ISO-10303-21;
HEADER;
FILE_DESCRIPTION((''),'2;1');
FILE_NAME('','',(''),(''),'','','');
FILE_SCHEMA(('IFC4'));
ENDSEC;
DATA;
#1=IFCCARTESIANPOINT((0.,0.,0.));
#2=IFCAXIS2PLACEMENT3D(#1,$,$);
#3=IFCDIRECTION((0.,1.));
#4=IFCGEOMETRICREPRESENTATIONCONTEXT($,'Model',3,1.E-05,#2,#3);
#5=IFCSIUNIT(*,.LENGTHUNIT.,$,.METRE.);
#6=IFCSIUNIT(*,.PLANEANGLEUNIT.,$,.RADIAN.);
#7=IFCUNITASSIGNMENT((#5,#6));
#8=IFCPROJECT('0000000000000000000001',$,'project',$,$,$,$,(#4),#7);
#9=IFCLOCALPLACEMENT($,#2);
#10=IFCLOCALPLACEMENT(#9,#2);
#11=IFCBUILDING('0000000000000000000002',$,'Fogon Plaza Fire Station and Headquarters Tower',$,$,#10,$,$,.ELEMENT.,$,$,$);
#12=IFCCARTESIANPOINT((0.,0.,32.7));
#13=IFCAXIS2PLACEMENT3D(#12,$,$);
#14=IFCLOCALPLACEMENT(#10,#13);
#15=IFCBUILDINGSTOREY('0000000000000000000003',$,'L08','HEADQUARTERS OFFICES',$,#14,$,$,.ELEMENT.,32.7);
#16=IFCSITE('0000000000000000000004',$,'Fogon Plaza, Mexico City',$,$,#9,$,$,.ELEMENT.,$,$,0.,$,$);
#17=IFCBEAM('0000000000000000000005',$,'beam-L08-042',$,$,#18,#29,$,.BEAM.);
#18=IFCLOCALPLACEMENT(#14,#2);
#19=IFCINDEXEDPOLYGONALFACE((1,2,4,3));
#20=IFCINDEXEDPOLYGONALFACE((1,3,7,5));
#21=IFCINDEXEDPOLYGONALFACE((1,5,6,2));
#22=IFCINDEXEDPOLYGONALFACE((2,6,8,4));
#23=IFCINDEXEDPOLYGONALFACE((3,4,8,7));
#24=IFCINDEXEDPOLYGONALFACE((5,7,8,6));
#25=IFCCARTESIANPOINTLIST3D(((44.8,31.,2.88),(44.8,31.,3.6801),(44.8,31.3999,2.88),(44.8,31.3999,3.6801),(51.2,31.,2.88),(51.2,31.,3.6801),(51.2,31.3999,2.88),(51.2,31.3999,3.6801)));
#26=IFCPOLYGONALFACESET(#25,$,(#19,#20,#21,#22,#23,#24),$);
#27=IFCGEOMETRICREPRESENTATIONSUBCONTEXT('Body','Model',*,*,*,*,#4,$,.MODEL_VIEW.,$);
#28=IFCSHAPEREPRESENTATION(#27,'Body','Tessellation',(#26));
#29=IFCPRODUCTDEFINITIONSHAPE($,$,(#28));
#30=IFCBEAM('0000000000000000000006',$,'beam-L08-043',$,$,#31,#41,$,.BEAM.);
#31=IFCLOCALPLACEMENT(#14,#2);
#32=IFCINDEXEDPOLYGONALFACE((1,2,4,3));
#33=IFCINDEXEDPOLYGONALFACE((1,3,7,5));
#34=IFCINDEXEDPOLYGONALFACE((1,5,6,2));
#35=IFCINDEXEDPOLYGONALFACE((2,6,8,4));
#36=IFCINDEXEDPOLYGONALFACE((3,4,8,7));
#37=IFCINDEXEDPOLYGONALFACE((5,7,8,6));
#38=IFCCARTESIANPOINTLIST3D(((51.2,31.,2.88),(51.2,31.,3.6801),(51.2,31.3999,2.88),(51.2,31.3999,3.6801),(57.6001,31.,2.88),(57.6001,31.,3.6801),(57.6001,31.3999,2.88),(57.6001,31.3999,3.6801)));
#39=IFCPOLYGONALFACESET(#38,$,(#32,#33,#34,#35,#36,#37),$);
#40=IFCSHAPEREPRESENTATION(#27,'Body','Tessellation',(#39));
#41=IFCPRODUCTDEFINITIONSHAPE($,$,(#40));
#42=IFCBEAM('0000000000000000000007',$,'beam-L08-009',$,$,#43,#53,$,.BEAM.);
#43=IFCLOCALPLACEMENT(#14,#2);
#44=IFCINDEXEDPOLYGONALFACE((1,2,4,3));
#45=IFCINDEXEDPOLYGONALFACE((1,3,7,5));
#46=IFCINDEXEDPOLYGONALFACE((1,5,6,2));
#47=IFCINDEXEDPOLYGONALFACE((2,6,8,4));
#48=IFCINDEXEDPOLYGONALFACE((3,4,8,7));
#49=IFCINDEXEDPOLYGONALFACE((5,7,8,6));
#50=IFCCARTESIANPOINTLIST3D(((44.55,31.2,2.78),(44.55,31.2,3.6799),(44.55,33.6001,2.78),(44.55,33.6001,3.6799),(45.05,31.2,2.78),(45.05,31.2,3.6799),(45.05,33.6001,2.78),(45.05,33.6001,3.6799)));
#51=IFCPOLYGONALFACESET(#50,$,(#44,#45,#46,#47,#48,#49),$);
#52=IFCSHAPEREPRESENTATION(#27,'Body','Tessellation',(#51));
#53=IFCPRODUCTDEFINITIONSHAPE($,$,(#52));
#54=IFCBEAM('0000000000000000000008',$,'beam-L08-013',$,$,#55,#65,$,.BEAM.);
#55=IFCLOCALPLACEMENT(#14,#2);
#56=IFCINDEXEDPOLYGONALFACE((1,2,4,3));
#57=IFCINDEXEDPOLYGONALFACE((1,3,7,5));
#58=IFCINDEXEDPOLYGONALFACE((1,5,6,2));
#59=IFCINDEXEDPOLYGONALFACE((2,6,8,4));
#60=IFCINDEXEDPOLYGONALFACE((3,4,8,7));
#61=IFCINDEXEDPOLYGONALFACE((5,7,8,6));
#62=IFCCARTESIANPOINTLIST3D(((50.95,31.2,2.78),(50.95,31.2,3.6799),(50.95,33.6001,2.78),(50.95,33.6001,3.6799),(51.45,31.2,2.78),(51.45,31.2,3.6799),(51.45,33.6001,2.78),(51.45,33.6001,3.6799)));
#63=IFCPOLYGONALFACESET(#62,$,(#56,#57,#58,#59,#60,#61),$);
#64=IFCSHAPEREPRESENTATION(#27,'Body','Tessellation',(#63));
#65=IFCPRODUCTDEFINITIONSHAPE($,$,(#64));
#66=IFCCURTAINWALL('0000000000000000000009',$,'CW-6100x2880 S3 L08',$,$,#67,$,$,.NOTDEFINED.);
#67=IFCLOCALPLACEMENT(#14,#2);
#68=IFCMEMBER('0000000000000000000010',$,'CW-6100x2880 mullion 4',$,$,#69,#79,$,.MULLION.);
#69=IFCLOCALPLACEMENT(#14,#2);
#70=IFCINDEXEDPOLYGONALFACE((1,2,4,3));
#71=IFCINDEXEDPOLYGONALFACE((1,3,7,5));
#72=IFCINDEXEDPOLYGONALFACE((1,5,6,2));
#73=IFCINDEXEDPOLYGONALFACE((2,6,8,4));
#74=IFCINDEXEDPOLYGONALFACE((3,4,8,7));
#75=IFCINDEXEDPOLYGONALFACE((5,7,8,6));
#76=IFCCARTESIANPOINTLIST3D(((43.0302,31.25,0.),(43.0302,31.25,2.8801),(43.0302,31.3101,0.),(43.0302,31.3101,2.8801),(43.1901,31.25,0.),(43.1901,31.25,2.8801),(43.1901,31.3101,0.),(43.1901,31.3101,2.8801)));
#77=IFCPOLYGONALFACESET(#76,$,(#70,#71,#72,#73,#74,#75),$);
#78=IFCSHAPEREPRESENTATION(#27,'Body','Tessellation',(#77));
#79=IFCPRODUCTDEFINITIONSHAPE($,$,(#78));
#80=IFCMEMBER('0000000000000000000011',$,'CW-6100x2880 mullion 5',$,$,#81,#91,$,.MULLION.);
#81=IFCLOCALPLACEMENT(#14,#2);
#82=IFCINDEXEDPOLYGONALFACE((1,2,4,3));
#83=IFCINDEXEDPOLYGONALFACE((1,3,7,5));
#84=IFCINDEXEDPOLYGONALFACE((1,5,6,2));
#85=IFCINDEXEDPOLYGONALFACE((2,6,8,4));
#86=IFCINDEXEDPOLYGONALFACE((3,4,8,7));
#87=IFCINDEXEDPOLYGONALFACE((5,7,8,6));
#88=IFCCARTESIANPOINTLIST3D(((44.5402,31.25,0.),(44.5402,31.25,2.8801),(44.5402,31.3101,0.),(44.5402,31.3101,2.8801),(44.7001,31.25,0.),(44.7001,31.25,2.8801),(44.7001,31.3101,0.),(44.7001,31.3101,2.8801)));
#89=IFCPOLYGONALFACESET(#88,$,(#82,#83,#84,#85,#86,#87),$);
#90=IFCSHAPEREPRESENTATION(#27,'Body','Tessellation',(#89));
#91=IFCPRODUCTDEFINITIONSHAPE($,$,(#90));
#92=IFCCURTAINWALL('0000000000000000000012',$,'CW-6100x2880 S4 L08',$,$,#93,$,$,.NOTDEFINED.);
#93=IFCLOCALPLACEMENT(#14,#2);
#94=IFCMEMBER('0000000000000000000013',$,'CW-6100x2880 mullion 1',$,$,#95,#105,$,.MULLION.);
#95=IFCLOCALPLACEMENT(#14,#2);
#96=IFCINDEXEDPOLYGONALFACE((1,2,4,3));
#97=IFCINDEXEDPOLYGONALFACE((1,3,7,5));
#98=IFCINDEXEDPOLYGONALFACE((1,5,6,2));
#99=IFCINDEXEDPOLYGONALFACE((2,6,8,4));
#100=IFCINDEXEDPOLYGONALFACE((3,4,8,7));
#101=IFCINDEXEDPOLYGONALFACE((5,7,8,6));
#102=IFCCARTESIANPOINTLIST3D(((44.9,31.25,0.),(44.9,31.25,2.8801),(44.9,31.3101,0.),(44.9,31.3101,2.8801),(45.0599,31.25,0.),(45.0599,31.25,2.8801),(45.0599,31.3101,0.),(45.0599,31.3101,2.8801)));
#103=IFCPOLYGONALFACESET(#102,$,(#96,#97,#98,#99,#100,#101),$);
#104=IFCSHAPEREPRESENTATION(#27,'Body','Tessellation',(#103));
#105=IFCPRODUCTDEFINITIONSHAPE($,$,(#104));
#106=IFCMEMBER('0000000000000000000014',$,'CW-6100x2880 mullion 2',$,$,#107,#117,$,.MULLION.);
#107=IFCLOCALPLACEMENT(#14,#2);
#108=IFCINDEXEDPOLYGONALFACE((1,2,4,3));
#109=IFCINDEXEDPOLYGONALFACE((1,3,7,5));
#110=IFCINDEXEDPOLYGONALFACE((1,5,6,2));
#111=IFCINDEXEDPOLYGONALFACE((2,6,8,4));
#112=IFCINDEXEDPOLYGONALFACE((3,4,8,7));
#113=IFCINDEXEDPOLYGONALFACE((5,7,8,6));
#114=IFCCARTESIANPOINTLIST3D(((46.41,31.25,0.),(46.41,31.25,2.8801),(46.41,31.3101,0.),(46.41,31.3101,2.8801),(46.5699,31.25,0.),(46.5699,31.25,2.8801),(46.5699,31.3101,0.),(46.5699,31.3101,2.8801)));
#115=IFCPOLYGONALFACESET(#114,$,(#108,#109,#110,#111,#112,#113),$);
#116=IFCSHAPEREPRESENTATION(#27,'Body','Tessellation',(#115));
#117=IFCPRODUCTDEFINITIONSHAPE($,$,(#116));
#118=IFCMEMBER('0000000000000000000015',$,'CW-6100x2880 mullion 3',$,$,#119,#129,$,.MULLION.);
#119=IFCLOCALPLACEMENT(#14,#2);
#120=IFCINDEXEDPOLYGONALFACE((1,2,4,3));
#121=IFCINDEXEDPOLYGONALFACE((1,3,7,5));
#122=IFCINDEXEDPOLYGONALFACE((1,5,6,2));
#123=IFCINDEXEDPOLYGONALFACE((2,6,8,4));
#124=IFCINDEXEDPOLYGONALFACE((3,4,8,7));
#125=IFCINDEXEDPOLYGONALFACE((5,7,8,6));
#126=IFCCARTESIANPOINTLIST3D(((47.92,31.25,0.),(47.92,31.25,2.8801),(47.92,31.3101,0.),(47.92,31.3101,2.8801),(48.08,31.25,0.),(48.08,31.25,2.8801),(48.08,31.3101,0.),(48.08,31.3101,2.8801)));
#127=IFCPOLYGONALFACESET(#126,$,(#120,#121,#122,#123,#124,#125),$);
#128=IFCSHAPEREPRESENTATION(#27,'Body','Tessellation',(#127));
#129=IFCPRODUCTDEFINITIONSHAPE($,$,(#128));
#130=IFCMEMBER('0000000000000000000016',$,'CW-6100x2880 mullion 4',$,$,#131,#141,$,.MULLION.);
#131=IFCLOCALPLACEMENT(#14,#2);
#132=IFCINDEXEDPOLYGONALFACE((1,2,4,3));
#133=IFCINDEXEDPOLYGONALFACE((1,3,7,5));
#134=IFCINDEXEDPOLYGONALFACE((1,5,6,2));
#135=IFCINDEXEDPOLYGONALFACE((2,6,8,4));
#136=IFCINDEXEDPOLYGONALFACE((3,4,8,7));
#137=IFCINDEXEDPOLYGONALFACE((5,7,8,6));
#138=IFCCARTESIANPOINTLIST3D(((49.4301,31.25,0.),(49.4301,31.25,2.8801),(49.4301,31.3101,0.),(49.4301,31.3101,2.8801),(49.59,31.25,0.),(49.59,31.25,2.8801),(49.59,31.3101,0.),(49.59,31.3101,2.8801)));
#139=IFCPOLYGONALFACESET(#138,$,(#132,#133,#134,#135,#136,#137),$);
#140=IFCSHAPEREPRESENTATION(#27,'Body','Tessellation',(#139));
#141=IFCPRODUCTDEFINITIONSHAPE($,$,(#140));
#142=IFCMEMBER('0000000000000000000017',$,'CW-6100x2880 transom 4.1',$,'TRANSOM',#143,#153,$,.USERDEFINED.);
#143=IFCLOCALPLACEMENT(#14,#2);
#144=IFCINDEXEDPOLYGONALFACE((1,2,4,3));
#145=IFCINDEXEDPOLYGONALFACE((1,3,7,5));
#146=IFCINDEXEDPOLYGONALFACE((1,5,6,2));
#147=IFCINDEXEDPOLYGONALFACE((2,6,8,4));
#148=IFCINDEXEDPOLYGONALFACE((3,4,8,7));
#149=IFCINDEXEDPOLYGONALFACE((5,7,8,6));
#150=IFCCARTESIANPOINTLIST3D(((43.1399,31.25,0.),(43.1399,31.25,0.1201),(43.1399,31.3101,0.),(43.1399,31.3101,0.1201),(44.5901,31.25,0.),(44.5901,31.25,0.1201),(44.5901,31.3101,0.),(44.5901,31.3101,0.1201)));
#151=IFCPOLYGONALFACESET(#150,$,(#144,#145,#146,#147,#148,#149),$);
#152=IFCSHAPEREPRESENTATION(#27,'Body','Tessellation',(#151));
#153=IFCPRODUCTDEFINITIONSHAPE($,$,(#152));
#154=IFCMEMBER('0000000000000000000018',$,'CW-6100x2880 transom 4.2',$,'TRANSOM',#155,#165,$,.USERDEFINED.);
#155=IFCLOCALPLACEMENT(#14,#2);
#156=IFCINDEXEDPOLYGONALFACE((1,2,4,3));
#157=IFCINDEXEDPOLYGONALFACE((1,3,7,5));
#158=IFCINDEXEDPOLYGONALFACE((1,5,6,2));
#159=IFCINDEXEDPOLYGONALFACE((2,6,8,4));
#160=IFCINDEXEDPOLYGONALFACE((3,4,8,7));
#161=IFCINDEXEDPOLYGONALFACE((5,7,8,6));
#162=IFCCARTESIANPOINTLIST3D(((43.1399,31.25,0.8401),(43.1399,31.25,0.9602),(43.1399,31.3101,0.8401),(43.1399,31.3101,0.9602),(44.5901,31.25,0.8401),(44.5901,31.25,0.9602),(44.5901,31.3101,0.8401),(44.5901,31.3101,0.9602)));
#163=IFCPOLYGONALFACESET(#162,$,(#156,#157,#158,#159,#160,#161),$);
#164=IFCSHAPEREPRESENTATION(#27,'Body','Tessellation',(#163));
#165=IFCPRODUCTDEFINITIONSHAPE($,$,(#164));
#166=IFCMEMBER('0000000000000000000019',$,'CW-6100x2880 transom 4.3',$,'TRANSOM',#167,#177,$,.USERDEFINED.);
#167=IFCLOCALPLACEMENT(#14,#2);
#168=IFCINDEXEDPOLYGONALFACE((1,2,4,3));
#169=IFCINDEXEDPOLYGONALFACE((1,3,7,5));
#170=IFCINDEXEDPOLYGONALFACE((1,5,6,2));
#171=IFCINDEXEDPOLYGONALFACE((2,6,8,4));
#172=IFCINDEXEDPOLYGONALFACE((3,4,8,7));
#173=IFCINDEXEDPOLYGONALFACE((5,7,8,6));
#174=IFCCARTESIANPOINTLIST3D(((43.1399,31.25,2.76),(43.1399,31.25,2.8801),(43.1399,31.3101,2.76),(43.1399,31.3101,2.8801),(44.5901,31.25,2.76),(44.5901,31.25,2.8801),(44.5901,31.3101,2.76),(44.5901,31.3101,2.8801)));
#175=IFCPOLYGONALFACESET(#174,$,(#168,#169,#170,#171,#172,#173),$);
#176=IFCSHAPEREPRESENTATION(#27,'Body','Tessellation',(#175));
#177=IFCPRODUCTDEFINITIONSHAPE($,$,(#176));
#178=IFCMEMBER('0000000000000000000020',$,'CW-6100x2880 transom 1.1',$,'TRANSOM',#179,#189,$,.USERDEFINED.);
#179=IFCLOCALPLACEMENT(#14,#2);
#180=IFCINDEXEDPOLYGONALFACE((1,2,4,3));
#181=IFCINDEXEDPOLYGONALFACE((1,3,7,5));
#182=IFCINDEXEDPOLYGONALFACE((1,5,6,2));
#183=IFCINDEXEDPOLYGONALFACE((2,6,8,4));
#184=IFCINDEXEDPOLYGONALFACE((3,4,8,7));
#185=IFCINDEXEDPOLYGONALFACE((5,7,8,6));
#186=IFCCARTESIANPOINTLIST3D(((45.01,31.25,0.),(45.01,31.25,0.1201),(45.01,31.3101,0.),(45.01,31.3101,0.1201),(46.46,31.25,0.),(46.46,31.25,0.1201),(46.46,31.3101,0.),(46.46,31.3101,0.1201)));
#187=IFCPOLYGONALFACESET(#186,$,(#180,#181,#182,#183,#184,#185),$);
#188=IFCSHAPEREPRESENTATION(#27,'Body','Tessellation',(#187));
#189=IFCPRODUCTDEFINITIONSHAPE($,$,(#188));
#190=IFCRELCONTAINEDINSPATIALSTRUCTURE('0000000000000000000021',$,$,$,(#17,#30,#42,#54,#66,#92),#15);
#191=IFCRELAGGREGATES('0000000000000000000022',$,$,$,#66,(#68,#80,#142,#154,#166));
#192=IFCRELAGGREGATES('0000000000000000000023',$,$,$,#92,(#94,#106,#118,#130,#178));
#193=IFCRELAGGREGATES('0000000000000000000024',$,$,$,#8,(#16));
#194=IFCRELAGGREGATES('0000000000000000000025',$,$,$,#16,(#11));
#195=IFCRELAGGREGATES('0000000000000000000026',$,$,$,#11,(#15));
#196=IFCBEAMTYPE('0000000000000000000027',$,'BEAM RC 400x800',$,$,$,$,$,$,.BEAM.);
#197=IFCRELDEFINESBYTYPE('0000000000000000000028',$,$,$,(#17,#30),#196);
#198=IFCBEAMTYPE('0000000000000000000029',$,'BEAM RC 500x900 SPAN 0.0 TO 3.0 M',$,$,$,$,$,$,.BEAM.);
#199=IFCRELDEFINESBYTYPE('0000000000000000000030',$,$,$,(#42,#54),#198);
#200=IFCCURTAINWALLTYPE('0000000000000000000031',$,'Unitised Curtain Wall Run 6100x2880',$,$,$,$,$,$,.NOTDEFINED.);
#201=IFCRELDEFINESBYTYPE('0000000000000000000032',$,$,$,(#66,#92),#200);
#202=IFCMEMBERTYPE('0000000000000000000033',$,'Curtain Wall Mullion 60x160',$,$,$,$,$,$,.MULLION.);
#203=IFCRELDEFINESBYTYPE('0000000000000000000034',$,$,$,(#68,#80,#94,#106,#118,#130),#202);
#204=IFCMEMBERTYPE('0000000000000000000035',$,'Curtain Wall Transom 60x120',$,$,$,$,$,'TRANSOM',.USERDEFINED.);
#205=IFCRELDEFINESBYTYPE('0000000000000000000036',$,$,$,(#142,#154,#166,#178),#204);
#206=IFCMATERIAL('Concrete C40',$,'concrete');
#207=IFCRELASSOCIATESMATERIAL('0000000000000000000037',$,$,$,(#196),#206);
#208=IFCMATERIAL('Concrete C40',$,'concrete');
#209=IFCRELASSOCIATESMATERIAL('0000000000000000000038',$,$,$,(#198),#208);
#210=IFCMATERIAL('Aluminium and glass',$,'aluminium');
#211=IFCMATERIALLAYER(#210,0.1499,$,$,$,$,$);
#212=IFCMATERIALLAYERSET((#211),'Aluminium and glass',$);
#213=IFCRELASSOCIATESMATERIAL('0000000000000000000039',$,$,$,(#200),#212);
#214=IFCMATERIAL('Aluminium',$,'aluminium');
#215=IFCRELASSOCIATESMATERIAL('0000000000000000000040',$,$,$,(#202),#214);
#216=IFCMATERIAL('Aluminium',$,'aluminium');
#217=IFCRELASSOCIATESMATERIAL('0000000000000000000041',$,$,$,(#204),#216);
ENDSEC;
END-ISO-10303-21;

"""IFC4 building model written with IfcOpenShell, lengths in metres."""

from ifc_helpers import new_model, si_unit, direction, frame, origin, origin_2d, place, context, subcontext, project, spatial, rectangle, extrude, material, layer, layer_set, material_profile, profile_set, type_object, element, aggregate, save


model = new_model("IFC4")

# Units and contexts
model_context = context("Model", 3, precision=1e-05, world=origin(), true_north=direction((0.0, 1.0)))
body_context = subcontext(model_context, "Body", "Model", "MODEL_VIEW")
ifc_project = project(units=[si_unit("LENGTHUNIT", "METRE"), si_unit("PLANEANGLEUNIT", "RADIAN")], contexts=[model_context])

# Site, building, storey
site_placement = place(None, origin())
site = spatial("IfcSite", under=ifc_project, at=site_placement, Name="Fogon Plaza, Mexico City", CompositionType="ELEMENT", RefElevation=0.0)
building_placement = place(site_placement, origin())
building = spatial("IfcBuilding", under=site, at=building_placement, Name="Fogon Plaza Fire Station and Headquarters Tower", CompositionType="ELEMENT")
storey_placement = place(building_placement, frame((0.0, 0.0, 32.7)))
storey = spatial("IfcBuildingStorey", under=building, at=storey_placement, Name="L08", Description="HEADQUARTERS OFFICES", CompositionType="ELEMENT", Elevation=32.7)

# Beams
ifc_material_1 = material(Name="Concrete C40", Category="concrete")
ifc_material_profile_1 = material_profile(ifc_material_1, rectangle(XDim=0.3999, YDim=0.8, at=origin_2d()), Name="RC 400x800")
ifc_profile_set_1 = profile_set([ifc_material_profile_1], Name="Concrete C40")
beam_type_1 = type_object("IfcBeamType", Name="BEAM RC 400x800", PredefinedType="BEAM", material=ifc_profile_set_1)
beam_1_placement = place(storey_placement, frame((44.8, 31.2, 3.28), z_axis=(1.0, 0.0, 0.0), x_axis=(0.0, 1.0, 0.0)))
element("IfcBeam", 1, at=beam_1_placement, inside=storey, type_object=beam_type_1, Name="beam-L08-042", PredefinedType="BEAM", context=body_context, shape_type="SweptSolid", body=[
    extrude(rectangle(XDim=0.3999, YDim=0.8, at=origin_2d()), origin(), (0.0, 0.0, 1.0), 6.3999),
])
beam_2_placement = place(storey_placement, frame((51.2, 31.2, 3.28), z_axis=(1.0, 0.0, 0.0), x_axis=(0.0, 1.0, 0.0)))
element("IfcBeam", 2, at=beam_2_placement, inside=storey, type_object=beam_type_1, Name="beam-L08-043", PredefinedType="BEAM", context=body_context, shape_type="SweptSolid", body=[
    extrude(rectangle(XDim=0.3999, YDim=0.8, at=origin_2d()), origin(), (0.0, 0.0, 1.0), 6.4001),
])
ifc_material_2 = material(Name="Concrete C40", Category="concrete")
ifc_material_profile_2 = material_profile(ifc_material_2, rectangle(XDim=0.5, YDim=0.8999, at=origin_2d()), Name="RC 500x900")
ifc_profile_set_2 = profile_set([ifc_material_profile_2], Name="Concrete C40")
beam_type_2 = type_object("IfcBeamType", Name="BEAM RC 500x900 SPAN 0.0 TO 3.0 M", PredefinedType="BEAM", material=ifc_profile_set_2)
for number, where, z_axis, x_axis, name in (
    (3, (44.8, 31.2, 3.23), (0.0, 1.0, 0.0), (-1.0, 0.0, 0.0), "beam-L08-009"),
    (4, (51.2, 31.2, 3.23), (0.0, 1.0, 0.0), (-1.0, 0.0, 0.0), "beam-L08-013"),
):
    element("IfcBeam", number, at=place(storey_placement, frame(where, z_axis=z_axis, x_axis=x_axis)), inside=storey, type_object=beam_type_2, Name=name, PredefinedType="BEAM", context=body_context, shape_type="SweptSolid", body=[
        extrude(rectangle(XDim=0.5, YDim=0.8999, at=origin_2d()), origin(), (0.0, 0.0, 1.0), 2.4001),
    ])

# Curtain walls, members
ifc_material_3 = material(Name="Aluminium and glass", Category="aluminium")
ifc_layer_1 = layer(ifc_material_3, 0.1499)
ifc_layer_set_1 = layer_set([ifc_layer_1], Name="Aluminium and glass")
curtain_wall_type = type_object("IfcCurtainWallType", Name="Unitised Curtain Wall Run 6100x2880", PredefinedType="NOTDEFINED", material=ifc_layer_set_1)
curtain_wall_1_placement = place(storey_placement, origin())
curtain_wall_1 = element("IfcCurtainWall", 5, at=curtain_wall_1_placement, inside=storey, type_object=curtain_wall_type, Name="CW-6100x2880 S3 L08", PredefinedType="NOTDEFINED")
ifc_material_4 = material(Name="Aluminium", Category="aluminium")
ifc_material_profile_3 = material_profile(ifc_material_4, rectangle(XDim=0.0601, YDim=0.1599, at=origin_2d()), Name="Curtain Wall Mullion 60x160")
ifc_profile_set_3 = profile_set([ifc_material_profile_3], Name="Aluminium")
member_type_1 = type_object("IfcMemberType", Name="Curtain Wall Mullion 60x160", PredefinedType="MULLION", material=ifc_profile_set_3)
member_1_placement = place(storey_placement, frame((43.1101, 31.28, 0.0), z_axis=(0.0, 0.0, 1.0), x_axis=(0.0, 1.0, 0.0)))
member_1 = element("IfcMember", 6, at=member_1_placement, type_object=member_type_1, Name="CW-6100x2880 mullion 4", PredefinedType="MULLION", context=body_context, shape_type="SweptSolid", body=[
    extrude(rectangle(XDim=0.0601, YDim=0.1599, at=origin_2d()), origin(), (0.0, 0.0, 1.0), 2.8801),
])
member_2_placement = place(storey_placement, frame((44.6201, 31.28, 0.0), z_axis=(0.0, 0.0, 1.0), x_axis=(0.0, 1.0, 0.0)))
member_2 = element("IfcMember", 7, at=member_2_placement, type_object=member_type_1, Name="CW-6100x2880 mullion 5", PredefinedType="MULLION", context=body_context, shape_type="SweptSolid", body=[
    extrude(rectangle(XDim=0.0601, YDim=0.1599, at=origin_2d()), origin(), (0.0, 0.0, 1.0), 2.8801),
])
curtain_wall_2_placement = place(storey_placement, origin())
curtain_wall_2 = element("IfcCurtainWall", 8, at=curtain_wall_2_placement, inside=storey, type_object=curtain_wall_type, Name="CW-6100x2880 S4 L08", PredefinedType="NOTDEFINED")
member_3_placement = place(storey_placement, frame((44.98, 31.28, 0.0), z_axis=(0.0, 0.0, 1.0), x_axis=(0.0, 1.0, 0.0)))
member_3 = element("IfcMember", 9, at=member_3_placement, type_object=member_type_1, Name="CW-6100x2880 mullion 1", PredefinedType="MULLION", context=body_context, shape_type="SweptSolid", body=[
    extrude(rectangle(XDim=0.0601, YDim=0.1599, at=origin_2d()), origin(), (0.0, 0.0, 1.0), 2.8801),
])
member_4_placement = place(storey_placement, frame((46.49, 31.28, 0.0), z_axis=(0.0, 0.0, 1.0), x_axis=(0.0, 1.0, 0.0)))
member_4 = element("IfcMember", 10, at=member_4_placement, type_object=member_type_1, Name="CW-6100x2880 mullion 2", PredefinedType="MULLION", context=body_context, shape_type="SweptSolid", body=[
    extrude(rectangle(XDim=0.0601, YDim=0.1599, at=origin_2d()), origin(), (0.0, 0.0, 1.0), 2.8801),
])
member_5_placement = place(storey_placement, frame((48.0, 31.28, 0.0), z_axis=(0.0, 0.0, 1.0), x_axis=(0.0, 1.0, 0.0)))
member_5 = element("IfcMember", 11, at=member_5_placement, type_object=member_type_1, Name="CW-6100x2880 mullion 3", PredefinedType="MULLION", context=body_context, shape_type="SweptSolid", body=[
    extrude(rectangle(XDim=0.0601, YDim=0.1599, at=origin_2d()), origin(), (0.0, 0.0, 1.0), 2.8801),
])
member_6_placement = place(storey_placement, frame((49.51, 31.28, 0.0), z_axis=(0.0, 0.0, 1.0), x_axis=(0.0, 1.0, 0.0)))
member_6 = element("IfcMember", 12, at=member_6_placement, type_object=member_type_1, Name="CW-6100x2880 mullion 4", PredefinedType="MULLION", context=body_context, shape_type="SweptSolid", body=[
    extrude(rectangle(XDim=0.0601, YDim=0.1599, at=origin_2d()), origin(), (0.0, 0.0, 1.0), 2.8801),
])

# Members
ifc_material_5 = material(Name="Aluminium", Category="aluminium")
ifc_material_profile_4 = material_profile(ifc_material_5, rectangle(XDim=0.0601, YDim=0.1201, at=origin_2d()), Name="Curtain Wall Transom 60x120")
ifc_profile_set_4 = profile_set([ifc_material_profile_4], Name="Aluminium")
member_type_2 = type_object("IfcMemberType", Name="Curtain Wall Transom 60x120", ElementType="TRANSOM", PredefinedType="USERDEFINED", material=ifc_profile_set_4)
member_7_placement = place(storey_placement, frame((43.1399, 31.28, 0.0601), z_axis=(1.0, 0.0, 0.0), x_axis=(0.0, 1.0, 0.0)))
member_7 = element("IfcMember", 13, at=member_7_placement, type_object=member_type_2, Name="CW-6100x2880 transom 4.1", ObjectType="TRANSOM", PredefinedType="USERDEFINED", context=body_context, shape_type="SweptSolid", body=[
    extrude(rectangle(XDim=0.0601, YDim=0.1201, at=origin_2d()), origin(), (0.0, 0.0, 1.0), 1.4502),
])
member_8_placement = place(storey_placement, frame((43.1399, 31.28, 0.9001), z_axis=(1.0, 0.0, 0.0), x_axis=(0.0, 1.0, 0.0)))
member_8 = element("IfcMember", 14, at=member_8_placement, type_object=member_type_2, Name="CW-6100x2880 transom 4.2", ObjectType="TRANSOM", PredefinedType="USERDEFINED", context=body_context, shape_type="SweptSolid", body=[
    extrude(rectangle(XDim=0.0601, YDim=0.1201, at=origin_2d()), origin(), (0.0, 0.0, 1.0), 1.4502),
])
member_9_placement = place(storey_placement, frame((43.1399, 31.28, 2.8201), z_axis=(1.0, 0.0, 0.0), x_axis=(0.0, 1.0, 0.0)))
member_9 = element("IfcMember", 15, at=member_9_placement, type_object=member_type_2, Name="CW-6100x2880 transom 4.3", ObjectType="TRANSOM", PredefinedType="USERDEFINED", context=body_context, shape_type="SweptSolid", body=[
    extrude(rectangle(XDim=0.0601, YDim=0.1201, at=origin_2d()), origin(), (0.0, 0.0, 1.0), 1.4502),
])
member_10_placement = place(storey_placement, frame((45.01, 31.28, 0.0601), z_axis=(1.0, 0.0, 0.0), x_axis=(0.0, 1.0, 0.0)))
member_10 = element("IfcMember", 16, at=member_10_placement, type_object=member_type_2, Name="CW-6100x2880 transom 1.1", ObjectType="TRANSOM", PredefinedType="USERDEFINED", context=body_context, shape_type="SweptSolid", body=[
    extrude(rectangle(XDim=0.0601, YDim=0.1201, at=origin_2d()), origin(), (0.0, 0.0, 1.0), 1.45),
])

aggregate(curtain_wall_1, [member_1, member_2, member_7, member_8, member_9])
aggregate(curtain_wall_2, [member_3, member_4, member_5, member_6, member_10])

save(model, "model.ifc")
